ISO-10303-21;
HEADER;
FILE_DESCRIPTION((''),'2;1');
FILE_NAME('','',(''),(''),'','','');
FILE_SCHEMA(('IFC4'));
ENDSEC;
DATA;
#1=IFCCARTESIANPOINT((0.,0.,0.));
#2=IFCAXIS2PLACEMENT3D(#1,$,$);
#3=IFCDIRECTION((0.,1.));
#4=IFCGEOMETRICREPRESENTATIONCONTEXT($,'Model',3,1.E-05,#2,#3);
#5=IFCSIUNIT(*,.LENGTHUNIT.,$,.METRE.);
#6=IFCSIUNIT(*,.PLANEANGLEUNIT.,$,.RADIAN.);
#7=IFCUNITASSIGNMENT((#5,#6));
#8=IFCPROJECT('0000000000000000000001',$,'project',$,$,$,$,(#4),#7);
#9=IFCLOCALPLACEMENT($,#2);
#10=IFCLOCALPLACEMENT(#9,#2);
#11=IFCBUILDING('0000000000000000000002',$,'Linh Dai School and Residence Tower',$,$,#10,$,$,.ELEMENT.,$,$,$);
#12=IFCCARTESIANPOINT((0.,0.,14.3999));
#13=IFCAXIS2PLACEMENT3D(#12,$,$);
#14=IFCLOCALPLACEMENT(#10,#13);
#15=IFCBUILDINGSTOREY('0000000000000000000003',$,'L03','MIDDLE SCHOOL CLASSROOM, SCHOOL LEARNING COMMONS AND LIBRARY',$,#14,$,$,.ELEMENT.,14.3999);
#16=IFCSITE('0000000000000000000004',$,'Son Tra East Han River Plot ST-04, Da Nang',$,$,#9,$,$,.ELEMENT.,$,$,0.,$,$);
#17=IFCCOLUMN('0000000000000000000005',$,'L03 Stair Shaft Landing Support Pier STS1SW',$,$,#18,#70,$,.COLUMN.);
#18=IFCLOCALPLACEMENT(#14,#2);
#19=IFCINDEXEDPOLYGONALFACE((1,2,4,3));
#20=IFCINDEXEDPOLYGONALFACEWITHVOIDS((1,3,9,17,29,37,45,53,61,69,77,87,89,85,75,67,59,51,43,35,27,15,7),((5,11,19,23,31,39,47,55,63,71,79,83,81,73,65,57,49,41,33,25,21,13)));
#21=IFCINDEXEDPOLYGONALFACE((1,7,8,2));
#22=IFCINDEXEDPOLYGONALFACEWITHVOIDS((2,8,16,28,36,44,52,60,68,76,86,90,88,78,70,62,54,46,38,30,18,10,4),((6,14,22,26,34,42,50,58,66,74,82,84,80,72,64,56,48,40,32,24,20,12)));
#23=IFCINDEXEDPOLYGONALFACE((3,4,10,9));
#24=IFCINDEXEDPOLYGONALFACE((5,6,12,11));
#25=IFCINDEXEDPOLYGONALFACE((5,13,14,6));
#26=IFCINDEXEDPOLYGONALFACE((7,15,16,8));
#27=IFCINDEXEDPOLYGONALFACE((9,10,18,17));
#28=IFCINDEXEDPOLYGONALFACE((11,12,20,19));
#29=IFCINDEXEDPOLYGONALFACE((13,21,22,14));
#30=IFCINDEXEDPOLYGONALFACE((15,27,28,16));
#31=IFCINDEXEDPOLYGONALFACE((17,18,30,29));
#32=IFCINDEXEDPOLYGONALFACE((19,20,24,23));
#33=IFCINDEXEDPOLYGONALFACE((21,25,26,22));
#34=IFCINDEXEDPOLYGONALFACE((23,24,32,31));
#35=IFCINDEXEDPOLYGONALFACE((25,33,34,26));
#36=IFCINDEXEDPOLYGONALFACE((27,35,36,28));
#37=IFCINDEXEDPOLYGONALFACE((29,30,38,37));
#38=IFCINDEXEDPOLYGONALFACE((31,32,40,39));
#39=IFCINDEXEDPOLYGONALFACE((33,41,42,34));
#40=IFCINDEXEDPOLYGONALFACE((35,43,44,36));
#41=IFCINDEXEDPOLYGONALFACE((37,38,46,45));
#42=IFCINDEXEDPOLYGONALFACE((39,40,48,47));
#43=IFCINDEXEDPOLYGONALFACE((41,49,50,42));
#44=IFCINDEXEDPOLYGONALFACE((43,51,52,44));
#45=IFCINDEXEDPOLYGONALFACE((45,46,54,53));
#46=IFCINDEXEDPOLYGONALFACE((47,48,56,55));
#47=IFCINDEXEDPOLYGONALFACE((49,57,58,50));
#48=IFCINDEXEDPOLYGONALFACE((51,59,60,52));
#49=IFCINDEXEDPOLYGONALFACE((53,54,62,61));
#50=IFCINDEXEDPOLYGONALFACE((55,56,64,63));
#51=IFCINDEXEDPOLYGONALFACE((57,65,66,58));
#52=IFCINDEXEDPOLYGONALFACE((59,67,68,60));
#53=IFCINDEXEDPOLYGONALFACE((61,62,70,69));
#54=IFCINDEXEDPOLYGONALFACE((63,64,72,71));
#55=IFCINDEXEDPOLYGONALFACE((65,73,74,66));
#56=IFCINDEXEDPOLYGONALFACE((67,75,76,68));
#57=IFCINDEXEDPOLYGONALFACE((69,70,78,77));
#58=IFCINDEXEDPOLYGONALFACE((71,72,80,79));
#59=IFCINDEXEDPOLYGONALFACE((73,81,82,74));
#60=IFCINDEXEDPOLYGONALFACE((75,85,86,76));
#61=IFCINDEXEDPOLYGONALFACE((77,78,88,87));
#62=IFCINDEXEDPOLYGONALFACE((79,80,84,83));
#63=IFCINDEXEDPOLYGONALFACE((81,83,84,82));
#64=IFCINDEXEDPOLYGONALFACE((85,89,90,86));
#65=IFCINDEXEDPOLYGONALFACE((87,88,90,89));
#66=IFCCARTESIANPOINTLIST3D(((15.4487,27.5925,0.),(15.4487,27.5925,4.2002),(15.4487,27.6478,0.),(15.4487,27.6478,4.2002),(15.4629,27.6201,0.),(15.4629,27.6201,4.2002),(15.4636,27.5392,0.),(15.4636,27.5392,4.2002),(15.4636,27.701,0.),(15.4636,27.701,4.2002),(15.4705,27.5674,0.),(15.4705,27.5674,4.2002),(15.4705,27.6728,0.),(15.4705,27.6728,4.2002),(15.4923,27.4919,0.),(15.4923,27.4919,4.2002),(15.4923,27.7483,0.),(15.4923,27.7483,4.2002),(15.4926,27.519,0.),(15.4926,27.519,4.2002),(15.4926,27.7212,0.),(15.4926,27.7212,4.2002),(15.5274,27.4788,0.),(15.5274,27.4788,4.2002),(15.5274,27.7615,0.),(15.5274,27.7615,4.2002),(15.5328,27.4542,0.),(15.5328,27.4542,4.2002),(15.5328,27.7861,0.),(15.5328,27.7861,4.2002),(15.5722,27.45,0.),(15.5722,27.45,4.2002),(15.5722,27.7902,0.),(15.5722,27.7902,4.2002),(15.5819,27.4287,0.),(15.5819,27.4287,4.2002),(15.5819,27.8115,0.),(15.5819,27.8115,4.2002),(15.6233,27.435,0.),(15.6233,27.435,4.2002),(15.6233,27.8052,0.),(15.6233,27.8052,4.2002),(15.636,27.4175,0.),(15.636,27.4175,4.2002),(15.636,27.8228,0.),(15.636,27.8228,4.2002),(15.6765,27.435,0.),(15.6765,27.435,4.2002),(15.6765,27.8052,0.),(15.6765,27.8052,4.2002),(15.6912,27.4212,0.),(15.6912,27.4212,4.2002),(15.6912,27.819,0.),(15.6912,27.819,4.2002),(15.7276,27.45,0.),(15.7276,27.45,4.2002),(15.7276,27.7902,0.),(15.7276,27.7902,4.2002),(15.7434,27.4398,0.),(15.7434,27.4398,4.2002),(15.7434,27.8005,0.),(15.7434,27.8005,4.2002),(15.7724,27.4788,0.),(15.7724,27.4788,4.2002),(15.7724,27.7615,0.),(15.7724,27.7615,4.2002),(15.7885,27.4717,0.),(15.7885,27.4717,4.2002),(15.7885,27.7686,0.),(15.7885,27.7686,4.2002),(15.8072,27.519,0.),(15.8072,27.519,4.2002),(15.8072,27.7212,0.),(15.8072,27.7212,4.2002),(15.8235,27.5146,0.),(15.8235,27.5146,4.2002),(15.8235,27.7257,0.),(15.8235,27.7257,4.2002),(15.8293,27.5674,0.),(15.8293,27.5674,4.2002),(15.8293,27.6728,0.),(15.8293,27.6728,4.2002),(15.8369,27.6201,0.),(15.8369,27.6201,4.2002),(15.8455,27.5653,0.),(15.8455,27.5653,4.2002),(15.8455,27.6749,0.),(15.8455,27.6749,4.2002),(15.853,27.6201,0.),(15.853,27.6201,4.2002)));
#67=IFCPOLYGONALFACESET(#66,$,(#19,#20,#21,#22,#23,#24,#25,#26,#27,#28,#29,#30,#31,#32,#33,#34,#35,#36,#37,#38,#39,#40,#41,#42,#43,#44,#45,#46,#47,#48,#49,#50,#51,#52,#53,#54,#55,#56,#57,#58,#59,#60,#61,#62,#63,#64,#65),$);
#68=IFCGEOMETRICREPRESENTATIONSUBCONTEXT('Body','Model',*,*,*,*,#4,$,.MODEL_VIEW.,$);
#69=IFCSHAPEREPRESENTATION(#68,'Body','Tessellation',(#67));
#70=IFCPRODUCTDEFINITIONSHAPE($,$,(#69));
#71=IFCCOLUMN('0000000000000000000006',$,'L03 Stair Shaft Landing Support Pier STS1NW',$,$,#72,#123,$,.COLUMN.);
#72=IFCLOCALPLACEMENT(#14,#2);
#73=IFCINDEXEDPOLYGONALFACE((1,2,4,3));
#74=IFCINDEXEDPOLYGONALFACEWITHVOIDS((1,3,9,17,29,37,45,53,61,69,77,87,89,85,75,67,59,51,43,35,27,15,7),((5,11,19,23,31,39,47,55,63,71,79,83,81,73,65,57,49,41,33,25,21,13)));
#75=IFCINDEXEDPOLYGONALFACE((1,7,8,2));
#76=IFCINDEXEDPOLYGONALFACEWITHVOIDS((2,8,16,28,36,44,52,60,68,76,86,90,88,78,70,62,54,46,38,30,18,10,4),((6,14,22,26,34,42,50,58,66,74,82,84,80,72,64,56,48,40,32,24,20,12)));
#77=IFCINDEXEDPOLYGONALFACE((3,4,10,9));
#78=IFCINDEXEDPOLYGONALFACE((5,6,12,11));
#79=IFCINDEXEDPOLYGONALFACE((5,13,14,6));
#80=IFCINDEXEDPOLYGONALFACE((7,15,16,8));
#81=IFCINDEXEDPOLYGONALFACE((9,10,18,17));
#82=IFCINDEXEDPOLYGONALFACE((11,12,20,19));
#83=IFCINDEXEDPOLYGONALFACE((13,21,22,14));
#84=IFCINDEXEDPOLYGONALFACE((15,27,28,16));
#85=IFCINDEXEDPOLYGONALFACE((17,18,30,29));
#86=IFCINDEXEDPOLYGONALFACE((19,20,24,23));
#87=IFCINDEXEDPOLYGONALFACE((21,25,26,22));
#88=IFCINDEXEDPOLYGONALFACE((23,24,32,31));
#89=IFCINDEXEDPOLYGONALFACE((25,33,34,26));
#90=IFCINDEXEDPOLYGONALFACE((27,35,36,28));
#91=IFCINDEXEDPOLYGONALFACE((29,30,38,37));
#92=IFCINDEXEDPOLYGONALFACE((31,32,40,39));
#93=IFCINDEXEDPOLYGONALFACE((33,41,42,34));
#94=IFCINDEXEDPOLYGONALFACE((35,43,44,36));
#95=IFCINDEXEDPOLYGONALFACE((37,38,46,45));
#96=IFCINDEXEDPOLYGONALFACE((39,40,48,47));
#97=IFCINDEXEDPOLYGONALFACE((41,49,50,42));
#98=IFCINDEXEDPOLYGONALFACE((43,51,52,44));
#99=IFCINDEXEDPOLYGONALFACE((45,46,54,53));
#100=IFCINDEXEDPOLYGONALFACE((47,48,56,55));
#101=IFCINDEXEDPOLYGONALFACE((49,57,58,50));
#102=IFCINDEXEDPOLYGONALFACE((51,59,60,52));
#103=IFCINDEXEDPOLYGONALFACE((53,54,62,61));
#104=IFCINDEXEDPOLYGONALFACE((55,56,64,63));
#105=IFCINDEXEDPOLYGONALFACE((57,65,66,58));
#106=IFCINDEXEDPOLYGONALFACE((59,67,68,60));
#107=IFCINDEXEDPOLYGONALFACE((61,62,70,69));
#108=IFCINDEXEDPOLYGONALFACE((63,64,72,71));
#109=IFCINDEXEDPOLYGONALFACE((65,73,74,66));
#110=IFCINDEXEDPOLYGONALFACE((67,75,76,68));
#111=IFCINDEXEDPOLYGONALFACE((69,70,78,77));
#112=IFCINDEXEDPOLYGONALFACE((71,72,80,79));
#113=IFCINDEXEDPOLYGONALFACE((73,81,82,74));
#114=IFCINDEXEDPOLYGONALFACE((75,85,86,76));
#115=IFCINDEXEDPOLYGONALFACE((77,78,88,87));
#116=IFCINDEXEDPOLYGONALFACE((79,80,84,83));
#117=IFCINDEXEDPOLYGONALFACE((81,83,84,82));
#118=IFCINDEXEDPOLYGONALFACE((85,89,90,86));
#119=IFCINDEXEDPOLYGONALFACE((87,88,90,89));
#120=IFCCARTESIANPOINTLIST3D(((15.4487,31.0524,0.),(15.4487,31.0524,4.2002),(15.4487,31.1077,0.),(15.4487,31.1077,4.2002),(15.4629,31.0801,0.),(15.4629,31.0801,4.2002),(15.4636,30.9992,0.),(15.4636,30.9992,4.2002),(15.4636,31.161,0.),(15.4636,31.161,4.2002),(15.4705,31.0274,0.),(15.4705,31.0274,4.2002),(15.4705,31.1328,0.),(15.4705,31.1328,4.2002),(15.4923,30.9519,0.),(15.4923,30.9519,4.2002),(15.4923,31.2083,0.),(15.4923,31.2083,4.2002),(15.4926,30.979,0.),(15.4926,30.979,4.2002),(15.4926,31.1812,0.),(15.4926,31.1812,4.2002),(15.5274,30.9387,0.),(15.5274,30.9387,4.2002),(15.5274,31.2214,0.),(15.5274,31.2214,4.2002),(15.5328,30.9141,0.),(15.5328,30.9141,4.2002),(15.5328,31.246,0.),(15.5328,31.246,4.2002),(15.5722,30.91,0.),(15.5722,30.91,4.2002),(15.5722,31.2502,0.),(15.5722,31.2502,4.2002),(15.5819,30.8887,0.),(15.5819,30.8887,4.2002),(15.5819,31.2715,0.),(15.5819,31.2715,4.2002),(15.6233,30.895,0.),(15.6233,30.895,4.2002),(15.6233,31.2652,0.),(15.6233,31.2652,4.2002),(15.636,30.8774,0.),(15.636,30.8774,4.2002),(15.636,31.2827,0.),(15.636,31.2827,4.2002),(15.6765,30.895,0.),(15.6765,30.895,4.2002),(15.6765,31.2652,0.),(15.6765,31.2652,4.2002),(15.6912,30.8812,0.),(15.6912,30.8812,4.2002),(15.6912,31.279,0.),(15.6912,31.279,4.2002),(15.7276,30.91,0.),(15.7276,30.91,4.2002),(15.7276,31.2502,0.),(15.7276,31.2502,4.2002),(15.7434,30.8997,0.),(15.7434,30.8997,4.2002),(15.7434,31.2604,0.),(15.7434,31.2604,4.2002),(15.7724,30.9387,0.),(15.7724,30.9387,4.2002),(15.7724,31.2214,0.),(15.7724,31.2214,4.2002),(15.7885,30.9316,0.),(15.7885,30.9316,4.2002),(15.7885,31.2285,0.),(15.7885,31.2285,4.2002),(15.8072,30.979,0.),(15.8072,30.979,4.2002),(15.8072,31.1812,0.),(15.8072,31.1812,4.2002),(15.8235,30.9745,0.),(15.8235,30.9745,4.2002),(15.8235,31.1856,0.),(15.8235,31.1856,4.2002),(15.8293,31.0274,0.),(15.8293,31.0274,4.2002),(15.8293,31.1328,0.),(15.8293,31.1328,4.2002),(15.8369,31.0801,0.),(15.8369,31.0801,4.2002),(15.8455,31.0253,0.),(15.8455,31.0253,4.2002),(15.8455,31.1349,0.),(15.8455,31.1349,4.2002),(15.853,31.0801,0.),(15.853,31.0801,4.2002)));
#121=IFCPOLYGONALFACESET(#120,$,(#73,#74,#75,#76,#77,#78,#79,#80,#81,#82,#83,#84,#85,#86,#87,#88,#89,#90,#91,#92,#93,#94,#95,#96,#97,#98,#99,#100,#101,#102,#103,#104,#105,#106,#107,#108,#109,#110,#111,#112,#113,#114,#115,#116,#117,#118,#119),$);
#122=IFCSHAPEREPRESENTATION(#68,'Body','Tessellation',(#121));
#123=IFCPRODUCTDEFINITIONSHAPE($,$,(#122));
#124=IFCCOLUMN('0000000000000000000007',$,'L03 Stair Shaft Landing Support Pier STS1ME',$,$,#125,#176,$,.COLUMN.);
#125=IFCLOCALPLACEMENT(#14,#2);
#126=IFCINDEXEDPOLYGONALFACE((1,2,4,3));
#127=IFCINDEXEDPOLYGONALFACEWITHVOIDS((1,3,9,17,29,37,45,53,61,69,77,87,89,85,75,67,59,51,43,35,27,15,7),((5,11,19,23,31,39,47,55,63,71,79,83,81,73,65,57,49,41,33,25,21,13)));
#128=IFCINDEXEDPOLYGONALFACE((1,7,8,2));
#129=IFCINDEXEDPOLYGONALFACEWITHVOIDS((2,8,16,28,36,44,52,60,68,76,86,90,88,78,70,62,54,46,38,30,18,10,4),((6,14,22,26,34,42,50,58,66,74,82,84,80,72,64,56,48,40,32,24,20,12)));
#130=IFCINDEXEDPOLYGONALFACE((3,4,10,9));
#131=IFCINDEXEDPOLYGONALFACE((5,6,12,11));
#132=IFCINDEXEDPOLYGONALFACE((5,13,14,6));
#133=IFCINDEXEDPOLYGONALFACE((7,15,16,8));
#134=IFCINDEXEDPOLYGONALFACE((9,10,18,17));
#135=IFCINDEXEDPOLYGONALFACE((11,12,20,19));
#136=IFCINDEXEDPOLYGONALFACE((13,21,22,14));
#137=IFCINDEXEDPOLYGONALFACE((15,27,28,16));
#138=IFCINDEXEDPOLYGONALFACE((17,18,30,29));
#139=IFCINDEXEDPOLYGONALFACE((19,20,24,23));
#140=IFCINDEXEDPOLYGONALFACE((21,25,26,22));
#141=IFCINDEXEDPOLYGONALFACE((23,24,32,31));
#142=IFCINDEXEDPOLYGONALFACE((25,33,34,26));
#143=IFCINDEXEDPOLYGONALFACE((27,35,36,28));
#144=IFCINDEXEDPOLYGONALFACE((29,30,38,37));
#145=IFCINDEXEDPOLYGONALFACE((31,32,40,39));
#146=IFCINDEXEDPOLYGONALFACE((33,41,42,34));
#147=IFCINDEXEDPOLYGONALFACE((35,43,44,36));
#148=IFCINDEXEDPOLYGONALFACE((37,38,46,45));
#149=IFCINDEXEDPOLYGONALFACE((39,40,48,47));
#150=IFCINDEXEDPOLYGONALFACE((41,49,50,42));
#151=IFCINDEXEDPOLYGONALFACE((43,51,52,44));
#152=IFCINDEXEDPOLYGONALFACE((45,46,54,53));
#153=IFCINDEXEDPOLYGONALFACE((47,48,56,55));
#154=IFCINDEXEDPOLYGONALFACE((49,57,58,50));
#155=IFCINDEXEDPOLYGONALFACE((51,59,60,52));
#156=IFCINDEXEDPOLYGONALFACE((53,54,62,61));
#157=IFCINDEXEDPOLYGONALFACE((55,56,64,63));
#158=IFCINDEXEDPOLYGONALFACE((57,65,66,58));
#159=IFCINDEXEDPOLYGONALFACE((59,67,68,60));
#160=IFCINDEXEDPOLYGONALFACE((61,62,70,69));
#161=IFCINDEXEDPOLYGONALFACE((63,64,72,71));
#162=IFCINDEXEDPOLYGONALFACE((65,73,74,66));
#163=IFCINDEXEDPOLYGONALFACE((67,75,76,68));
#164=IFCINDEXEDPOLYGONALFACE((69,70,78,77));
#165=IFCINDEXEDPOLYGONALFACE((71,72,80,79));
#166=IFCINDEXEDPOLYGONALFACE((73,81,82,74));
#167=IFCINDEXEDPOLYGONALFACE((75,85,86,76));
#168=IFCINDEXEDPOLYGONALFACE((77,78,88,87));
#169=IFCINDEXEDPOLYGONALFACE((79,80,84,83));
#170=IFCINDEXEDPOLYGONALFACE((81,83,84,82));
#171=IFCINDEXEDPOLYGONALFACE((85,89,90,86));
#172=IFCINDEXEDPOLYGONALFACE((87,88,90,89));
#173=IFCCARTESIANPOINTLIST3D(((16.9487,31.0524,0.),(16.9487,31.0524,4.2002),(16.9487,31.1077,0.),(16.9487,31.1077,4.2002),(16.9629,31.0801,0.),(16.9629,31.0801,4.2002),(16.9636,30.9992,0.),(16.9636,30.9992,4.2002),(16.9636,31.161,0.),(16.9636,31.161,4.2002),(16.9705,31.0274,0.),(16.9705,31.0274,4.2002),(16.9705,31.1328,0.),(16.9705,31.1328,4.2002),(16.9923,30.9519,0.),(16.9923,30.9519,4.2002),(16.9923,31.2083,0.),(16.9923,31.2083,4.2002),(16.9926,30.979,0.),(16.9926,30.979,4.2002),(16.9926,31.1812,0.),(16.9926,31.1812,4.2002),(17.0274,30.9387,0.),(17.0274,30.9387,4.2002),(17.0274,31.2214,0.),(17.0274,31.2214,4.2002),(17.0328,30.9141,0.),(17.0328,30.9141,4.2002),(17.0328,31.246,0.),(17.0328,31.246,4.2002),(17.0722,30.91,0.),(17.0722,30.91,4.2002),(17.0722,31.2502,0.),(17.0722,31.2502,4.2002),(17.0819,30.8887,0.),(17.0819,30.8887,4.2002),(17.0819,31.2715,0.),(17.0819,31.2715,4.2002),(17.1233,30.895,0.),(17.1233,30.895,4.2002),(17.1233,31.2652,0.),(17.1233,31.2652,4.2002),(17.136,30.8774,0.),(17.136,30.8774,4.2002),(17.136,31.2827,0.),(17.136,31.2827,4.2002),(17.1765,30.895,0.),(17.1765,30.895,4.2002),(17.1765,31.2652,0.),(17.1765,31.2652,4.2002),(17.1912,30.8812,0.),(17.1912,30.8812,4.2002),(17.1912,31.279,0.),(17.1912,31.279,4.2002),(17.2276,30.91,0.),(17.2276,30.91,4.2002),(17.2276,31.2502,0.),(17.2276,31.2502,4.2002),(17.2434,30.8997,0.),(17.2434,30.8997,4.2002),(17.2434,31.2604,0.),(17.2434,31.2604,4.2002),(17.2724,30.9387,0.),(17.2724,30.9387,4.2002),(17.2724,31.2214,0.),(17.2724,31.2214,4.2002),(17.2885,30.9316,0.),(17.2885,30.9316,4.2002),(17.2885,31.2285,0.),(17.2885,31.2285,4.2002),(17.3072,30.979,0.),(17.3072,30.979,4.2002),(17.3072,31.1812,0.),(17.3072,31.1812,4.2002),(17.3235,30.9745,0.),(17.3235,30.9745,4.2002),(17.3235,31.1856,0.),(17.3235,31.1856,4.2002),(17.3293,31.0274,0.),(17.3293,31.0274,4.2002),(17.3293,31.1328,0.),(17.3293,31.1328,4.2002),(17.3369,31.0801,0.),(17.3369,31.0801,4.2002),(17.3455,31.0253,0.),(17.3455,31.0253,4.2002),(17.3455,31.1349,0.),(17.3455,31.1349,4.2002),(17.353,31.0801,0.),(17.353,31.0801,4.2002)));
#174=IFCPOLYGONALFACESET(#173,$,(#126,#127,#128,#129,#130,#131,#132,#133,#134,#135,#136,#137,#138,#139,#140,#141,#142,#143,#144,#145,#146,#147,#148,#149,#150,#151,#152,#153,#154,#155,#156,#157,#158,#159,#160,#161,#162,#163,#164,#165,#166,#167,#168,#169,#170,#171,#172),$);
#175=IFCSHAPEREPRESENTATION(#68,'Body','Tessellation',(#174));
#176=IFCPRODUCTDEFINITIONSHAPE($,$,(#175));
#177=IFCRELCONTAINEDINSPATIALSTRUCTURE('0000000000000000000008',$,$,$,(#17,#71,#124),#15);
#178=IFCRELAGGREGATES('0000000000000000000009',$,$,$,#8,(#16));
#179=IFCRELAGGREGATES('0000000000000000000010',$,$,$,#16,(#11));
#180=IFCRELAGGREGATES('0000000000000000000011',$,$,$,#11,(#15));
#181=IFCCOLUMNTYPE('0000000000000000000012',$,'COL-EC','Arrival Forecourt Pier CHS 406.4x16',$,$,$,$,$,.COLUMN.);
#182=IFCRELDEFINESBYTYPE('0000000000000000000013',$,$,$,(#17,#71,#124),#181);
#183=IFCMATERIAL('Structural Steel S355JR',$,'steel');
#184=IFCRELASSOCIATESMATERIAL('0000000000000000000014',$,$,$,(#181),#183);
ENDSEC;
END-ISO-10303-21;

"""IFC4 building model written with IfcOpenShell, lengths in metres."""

from ifc_helpers import new_model, si_unit, direction, frame, origin, origin_2d, place, context, subcontext, project, spatial, hollow_circle, extrude, material, material_profile, profile_set, type_object, element, save


model = new_model("IFC4")

# Units and contexts
model_context = context("Model", 3, precision=1e-05, world=origin(), true_north=direction((0.0, 1.0)))
body_context = subcontext(model_context, "Body", "Model", "MODEL_VIEW")
ifc_project = project(units=[si_unit("LENGTHUNIT", "METRE"), si_unit("PLANEANGLEUNIT", "RADIAN")], contexts=[model_context])

# Site, building, storey
site_placement = place(None, origin())
site = spatial("IfcSite", under=ifc_project, at=site_placement, Name="Son Tra East Han River Plot ST-04, Da Nang", CompositionType="ELEMENT", RefElevation=0.0)
building_placement = place(site_placement, origin())
building = spatial("IfcBuilding", under=site, at=building_placement, Name="Linh Dai School and Residence Tower", CompositionType="ELEMENT")
storey_placement = place(building_placement, frame((0.0, 0.0, 14.3999)))
storey = spatial("IfcBuildingStorey", under=building, at=storey_placement, Name="L03", Description="MIDDLE SCHOOL CLASSROOM, SCHOOL LEARNING COMMONS AND LIBRARY", CompositionType="ELEMENT", Elevation=14.3999)

# Columns
ifc_material_1 = material(Name="Structural Steel S355JR", Category="steel")
ifc_material_profile = material_profile(ifc_material_1, hollow_circle(Radius=0.2031, WallThickness=0.0161, at=origin_2d()), Name="CHS 406.4x16")
ifc_profile_set = profile_set([ifc_material_profile], Name="Structural Steel S355JR")
column_type = type_object("IfcColumnType", Name="COL-EC", Description="Arrival Forecourt Pier CHS 406.4x16", PredefinedType="COLUMN", material=ifc_profile_set)
for number, where, z_axis, x_axis, name in (
    (1, (15.6499, 27.6201, 0.0), (0.0, 0.0, 1.0), (1.0, 0.0, 0.0), "L03 Stair Shaft Landing Support Pier STS1SW"),
    (2, (15.6499, 31.0801, 0.0), (0.0, 0.0, 1.0), (1.0, 0.0, 0.0), "L03 Stair Shaft Landing Support Pier STS1NW"),
    (3, (17.1499, 31.0801, 0.0), (0.0, 0.0, 1.0), (1.0, 0.0, 0.0), "L03 Stair Shaft Landing Support Pier STS1ME"),
):
    element("IfcColumn", number, at=place(storey_placement, frame(where, z_axis=z_axis, x_axis=x_axis)), inside=storey, type_object=column_type, Name=name, PredefinedType="COLUMN", context=body_context, shape_type="SweptSolid", body=[
        extrude(hollow_circle(Radius=0.2031, WallThickness=0.0161, at=origin_2d()), origin(), (0.0, 0.0, 1.0), 4.2002),
    ])

save(model, "model.ifc")
